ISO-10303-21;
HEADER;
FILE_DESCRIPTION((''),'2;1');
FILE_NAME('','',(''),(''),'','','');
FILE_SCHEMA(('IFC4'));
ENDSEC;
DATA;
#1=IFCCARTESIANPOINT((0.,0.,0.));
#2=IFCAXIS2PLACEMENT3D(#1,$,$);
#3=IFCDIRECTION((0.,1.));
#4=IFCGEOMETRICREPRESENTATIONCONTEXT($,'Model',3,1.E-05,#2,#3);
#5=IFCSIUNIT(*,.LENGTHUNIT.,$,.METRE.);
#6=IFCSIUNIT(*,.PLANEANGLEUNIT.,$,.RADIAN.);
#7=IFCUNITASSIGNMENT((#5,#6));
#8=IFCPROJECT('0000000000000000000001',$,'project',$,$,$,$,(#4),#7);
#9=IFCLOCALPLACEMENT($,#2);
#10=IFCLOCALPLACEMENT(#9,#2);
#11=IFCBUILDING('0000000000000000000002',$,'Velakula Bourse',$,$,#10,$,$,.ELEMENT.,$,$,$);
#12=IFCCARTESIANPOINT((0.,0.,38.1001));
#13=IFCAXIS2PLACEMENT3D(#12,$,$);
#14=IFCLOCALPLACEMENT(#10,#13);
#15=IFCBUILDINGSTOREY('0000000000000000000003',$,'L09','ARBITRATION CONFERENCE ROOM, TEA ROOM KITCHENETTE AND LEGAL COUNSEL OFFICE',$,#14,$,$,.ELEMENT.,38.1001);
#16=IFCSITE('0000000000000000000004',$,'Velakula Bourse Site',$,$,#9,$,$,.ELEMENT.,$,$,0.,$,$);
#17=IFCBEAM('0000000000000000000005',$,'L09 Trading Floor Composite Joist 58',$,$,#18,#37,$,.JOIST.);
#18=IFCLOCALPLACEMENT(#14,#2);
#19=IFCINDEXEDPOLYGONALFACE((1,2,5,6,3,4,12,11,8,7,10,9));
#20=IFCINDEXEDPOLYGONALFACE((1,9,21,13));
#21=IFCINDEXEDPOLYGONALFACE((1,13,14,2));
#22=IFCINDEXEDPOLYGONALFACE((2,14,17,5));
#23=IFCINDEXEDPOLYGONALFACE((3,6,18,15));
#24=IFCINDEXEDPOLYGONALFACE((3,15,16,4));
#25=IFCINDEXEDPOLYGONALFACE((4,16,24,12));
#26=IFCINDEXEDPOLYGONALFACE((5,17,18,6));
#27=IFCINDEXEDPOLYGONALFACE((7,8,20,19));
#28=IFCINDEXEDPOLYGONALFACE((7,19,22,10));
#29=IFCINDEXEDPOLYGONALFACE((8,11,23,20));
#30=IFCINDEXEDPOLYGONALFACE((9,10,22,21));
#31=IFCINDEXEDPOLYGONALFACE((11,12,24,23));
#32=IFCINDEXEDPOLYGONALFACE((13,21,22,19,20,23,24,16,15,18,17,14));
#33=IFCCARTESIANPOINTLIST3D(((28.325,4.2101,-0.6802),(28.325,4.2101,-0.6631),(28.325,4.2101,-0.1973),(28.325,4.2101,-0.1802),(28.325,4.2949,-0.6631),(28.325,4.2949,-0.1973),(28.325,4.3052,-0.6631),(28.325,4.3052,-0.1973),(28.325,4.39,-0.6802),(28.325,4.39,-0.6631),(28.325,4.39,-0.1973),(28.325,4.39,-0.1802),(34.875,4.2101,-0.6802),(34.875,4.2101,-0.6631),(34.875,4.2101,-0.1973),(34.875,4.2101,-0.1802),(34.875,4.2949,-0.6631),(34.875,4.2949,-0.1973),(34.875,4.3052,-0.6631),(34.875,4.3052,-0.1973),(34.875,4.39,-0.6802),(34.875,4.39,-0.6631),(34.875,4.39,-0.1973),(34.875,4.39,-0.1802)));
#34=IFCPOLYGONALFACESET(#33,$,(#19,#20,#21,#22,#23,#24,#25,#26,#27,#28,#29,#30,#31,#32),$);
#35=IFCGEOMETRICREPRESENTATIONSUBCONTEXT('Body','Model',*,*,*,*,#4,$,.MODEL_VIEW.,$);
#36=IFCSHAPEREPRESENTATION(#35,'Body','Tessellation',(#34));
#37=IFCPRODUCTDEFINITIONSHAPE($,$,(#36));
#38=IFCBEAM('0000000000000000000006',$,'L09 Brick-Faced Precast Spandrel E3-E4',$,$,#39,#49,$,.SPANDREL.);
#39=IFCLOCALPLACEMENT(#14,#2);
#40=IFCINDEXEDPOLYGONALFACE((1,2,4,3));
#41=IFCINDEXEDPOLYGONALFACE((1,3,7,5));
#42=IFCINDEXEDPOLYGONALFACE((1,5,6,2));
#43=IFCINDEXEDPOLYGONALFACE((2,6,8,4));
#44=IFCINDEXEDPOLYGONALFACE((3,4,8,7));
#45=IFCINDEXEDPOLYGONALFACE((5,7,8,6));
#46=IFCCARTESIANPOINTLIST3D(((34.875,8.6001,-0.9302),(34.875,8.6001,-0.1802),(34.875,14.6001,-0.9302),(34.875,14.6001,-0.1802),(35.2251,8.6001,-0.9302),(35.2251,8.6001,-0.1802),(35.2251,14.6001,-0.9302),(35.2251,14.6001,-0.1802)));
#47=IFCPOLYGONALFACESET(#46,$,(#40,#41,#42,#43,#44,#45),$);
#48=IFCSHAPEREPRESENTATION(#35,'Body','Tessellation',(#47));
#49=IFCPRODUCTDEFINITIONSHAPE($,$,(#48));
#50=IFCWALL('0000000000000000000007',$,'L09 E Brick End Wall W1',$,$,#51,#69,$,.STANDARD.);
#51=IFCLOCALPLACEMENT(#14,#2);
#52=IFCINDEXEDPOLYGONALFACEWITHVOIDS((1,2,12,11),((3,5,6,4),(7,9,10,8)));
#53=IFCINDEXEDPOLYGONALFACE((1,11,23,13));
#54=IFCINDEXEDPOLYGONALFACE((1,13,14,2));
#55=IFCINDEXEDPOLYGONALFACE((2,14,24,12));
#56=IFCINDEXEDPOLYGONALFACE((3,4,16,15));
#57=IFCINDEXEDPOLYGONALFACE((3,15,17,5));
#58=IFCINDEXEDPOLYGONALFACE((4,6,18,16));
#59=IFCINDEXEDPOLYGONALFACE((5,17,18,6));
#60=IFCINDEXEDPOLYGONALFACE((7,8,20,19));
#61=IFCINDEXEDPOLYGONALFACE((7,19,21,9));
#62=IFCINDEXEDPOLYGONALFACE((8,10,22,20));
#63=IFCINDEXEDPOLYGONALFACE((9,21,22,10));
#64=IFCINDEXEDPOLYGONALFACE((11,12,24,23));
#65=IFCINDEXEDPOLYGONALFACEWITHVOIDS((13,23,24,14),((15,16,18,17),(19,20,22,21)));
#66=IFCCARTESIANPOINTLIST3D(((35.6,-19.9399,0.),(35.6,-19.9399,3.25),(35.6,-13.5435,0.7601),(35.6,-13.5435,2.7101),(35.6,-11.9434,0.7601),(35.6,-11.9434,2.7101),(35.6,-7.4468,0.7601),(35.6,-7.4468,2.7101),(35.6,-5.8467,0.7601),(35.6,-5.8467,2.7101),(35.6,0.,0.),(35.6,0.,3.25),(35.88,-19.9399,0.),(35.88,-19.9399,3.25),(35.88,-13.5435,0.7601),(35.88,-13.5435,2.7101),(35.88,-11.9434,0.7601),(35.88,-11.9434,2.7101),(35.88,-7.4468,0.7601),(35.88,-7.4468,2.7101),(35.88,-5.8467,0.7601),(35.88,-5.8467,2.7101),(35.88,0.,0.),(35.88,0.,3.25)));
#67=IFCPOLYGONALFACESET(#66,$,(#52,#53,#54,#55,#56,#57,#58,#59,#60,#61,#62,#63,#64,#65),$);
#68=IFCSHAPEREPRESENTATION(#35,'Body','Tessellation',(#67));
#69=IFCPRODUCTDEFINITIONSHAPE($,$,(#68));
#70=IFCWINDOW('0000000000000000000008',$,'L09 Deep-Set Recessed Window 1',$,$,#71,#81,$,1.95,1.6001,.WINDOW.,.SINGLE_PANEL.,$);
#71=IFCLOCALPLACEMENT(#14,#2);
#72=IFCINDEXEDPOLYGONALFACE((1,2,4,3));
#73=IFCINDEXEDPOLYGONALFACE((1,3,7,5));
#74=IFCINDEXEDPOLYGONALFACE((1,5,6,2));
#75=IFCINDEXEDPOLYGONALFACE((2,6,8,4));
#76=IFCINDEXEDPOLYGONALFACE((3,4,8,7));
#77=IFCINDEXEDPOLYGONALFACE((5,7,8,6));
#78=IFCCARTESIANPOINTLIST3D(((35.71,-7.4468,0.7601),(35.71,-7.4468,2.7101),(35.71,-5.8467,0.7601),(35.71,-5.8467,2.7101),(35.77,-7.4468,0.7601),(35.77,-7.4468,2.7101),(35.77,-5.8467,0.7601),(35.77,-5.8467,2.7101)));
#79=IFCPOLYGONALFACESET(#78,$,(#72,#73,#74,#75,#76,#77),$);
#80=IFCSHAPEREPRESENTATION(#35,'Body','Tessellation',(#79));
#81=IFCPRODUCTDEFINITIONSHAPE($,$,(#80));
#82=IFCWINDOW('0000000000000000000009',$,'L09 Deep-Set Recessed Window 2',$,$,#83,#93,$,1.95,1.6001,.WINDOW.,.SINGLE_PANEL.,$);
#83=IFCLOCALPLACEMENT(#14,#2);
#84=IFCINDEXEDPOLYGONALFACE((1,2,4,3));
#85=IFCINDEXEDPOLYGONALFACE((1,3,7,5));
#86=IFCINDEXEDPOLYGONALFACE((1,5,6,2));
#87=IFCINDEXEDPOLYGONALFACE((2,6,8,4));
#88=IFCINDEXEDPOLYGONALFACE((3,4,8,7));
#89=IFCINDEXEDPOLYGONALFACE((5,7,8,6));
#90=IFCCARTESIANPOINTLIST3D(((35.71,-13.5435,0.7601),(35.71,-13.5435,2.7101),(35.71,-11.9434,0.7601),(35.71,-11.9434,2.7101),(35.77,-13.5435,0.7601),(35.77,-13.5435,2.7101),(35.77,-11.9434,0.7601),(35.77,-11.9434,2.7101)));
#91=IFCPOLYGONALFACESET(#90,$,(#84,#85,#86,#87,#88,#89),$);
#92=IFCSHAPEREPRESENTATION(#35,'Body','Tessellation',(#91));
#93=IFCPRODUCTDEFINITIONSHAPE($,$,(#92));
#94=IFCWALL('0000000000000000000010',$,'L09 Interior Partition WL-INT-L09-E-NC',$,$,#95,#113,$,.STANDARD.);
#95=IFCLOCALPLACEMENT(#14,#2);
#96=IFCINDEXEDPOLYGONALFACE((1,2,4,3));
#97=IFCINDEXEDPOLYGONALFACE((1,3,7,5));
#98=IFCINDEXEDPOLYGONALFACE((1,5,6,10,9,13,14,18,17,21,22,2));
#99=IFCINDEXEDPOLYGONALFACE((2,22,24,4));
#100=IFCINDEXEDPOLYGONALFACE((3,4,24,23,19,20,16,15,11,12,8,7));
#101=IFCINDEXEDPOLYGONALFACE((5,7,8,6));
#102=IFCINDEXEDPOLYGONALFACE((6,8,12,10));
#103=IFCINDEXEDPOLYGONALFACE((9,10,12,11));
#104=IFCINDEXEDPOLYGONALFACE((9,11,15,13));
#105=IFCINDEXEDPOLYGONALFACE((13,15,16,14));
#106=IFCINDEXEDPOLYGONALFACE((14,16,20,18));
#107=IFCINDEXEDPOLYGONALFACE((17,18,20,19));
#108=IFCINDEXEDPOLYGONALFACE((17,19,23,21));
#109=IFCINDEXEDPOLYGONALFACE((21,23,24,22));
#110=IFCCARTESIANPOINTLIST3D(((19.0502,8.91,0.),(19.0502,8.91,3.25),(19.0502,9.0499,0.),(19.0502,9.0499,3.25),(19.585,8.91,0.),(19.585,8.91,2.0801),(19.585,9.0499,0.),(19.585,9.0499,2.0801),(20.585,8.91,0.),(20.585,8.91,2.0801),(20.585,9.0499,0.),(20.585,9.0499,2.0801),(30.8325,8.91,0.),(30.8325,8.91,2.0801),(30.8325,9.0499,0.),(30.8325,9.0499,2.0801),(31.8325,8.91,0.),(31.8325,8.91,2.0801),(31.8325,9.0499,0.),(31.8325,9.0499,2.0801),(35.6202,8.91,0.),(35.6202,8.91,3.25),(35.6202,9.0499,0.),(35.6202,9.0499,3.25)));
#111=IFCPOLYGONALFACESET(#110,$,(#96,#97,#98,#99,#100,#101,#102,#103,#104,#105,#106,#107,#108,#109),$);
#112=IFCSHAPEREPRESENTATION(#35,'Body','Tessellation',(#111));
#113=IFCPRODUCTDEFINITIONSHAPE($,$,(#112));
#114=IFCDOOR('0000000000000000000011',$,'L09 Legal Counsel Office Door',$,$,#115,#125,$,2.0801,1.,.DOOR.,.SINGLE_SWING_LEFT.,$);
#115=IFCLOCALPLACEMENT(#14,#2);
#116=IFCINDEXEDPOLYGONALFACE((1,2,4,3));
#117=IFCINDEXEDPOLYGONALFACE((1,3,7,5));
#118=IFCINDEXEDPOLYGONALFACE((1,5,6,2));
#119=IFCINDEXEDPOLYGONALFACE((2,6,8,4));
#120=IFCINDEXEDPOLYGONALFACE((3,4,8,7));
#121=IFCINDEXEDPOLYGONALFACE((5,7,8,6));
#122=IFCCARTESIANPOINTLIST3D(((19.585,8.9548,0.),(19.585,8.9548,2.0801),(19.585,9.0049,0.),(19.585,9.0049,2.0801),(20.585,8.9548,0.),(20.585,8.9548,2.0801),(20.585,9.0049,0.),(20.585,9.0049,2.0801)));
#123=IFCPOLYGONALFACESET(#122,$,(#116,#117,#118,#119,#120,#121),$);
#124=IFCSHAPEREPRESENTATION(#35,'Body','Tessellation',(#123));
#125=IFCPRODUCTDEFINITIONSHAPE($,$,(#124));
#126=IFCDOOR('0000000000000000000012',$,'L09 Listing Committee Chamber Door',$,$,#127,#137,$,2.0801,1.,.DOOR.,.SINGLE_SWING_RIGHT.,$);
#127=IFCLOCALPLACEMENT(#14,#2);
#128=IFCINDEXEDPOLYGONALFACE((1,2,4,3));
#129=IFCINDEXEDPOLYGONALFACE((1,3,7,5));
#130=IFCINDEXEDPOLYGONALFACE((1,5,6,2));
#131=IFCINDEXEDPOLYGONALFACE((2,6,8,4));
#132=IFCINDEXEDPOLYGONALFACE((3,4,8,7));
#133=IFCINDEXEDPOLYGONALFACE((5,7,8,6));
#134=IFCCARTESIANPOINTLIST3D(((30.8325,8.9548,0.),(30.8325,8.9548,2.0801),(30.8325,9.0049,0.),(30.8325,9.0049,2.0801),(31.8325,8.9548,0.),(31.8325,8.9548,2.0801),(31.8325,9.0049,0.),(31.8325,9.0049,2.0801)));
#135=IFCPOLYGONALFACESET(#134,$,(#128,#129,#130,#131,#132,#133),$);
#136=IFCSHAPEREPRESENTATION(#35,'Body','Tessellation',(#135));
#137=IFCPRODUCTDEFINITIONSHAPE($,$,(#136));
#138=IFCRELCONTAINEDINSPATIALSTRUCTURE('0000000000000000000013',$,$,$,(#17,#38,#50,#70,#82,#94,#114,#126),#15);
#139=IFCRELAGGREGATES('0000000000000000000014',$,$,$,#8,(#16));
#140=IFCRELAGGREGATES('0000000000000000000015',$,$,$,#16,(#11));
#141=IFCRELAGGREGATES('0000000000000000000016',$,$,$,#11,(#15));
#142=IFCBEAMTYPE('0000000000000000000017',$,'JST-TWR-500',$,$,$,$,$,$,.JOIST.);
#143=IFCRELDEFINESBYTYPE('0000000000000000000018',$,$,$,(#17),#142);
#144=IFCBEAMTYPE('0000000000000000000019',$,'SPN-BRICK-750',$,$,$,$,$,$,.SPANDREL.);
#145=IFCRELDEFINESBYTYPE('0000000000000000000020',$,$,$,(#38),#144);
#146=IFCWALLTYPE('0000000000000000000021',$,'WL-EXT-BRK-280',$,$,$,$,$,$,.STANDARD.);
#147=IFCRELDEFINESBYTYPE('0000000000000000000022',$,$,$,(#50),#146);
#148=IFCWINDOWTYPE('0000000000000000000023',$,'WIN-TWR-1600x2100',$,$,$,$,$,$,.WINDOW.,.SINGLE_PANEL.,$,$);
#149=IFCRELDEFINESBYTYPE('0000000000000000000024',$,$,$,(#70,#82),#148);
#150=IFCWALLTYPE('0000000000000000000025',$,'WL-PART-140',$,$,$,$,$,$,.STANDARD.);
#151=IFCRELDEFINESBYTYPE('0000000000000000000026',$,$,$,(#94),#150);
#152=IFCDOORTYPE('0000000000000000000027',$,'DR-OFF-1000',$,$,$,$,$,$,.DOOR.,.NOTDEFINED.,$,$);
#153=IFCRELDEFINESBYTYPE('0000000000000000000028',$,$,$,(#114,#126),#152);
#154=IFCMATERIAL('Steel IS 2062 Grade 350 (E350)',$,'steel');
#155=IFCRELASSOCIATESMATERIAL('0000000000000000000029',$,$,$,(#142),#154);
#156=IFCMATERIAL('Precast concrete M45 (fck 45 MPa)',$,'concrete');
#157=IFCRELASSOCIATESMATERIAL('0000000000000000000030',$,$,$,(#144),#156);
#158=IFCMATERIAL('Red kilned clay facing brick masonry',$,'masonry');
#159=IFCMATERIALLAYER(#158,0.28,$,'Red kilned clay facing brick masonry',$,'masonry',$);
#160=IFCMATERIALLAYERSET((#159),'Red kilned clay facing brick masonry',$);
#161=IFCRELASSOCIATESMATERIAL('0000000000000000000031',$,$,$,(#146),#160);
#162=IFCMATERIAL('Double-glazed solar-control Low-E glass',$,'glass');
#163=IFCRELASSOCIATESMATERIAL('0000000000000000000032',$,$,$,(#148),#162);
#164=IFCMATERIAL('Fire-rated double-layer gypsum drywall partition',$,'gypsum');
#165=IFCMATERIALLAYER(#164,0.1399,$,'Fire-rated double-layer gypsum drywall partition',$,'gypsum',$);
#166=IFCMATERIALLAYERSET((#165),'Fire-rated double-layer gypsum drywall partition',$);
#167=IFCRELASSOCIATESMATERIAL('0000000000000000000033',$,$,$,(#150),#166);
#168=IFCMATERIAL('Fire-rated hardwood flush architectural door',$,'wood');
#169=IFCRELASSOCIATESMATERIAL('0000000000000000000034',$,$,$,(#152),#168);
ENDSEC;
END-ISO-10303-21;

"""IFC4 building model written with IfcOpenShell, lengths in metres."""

from ifc_helpers import new_model, si_unit, direction, frame, frame_2d, origin, origin_2d, place, context, subcontext, project, spatial, rectangle, i_section, extrude, material, layer, layer_set, material_profile, profile_set, type_object, element, fill, save


model = new_model("IFC4")

# Units and contexts
model_context = context("Model", 3, precision=1e-05, world=origin(), true_north=direction((0.0, 1.0)))
body_context = subcontext(model_context, "Body", "Model", "MODEL_VIEW")
ifc_project = project(units=[si_unit("LENGTHUNIT", "METRE"), si_unit("PLANEANGLEUNIT", "RADIAN")], contexts=[model_context])

# Site, building, storey
site_placement = place(None, origin())
site = spatial("IfcSite", under=ifc_project, at=site_placement, Name="Velakula Bourse Site", CompositionType="ELEMENT", RefElevation=0.0)
building_placement = place(site_placement, origin())
building = spatial("IfcBuilding", under=site, at=building_placement, Name="Velakula Bourse", CompositionType="ELEMENT")
storey_placement = place(building_placement, frame((0.0, 0.0, 38.1001)))
storey = spatial("IfcBuildingStorey", under=building, at=storey_placement, Name="L09", Description="ARBITRATION CONFERENCE ROOM, TEA ROOM KITCHENETTE AND LEGAL COUNSEL OFFICE", CompositionType="ELEMENT", Elevation=38.1001)

# Beams
ifc_material_1 = material(Name="Steel IS 2062 Grade 350 (E350)", Category="steel")
ifc_material_profile_1 = material_profile(ifc_material_1, i_section(OverallWidth=0.1799, OverallDepth=0.5, WebThickness=0.0103, FlangeThickness=0.0171, at=origin_2d()), Name="Steel IS 2062 Grade 350 (E350)")
ifc_profile_set_1 = profile_set([ifc_material_profile_1], Name="Steel IS 2062 Grade 350 (E350)")
beam_type_1 = type_object("IfcBeamType", Name="JST-TWR-500", PredefinedType="JOIST", material=ifc_profile_set_1)
beam_1_placement = place(storey_placement, frame((28.325, 4.3, -0.4302), z_axis=(1.0, 0.0, 0.0), x_axis=(0.0, 1.0, 0.0)))
element("IfcBeam", 1, at=beam_1_placement, inside=storey, type_object=beam_type_1, Name="L09 Trading Floor Composite Joist 58", PredefinedType="JOIST", context=body_context, shape_type="SweptSolid", body=[
    extrude(i_section(OverallWidth=0.1799, OverallDepth=0.5, WebThickness=0.0103, FlangeThickness=0.0171, at=origin_2d()), origin(), (0.0, 0.0, 1.0), 6.55),
])
ifc_material_2 = material(Name="Precast concrete M45 (fck 45 MPa)", Category="concrete")
ifc_material_profile_2 = material_profile(ifc_material_2, rectangle(XDim=0.3501, YDim=0.75, at=origin_2d()), Name="Precast concrete M45 (fck 45 MPa)")
ifc_profile_set_2 = profile_set([ifc_material_profile_2], Name="Precast concrete M45 (fck 45 MPa)")
beam_type_2 = type_object("IfcBeamType", Name="SPN-BRICK-750", PredefinedType="SPANDREL", material=ifc_profile_set_2)
beam_2_placement = place(storey_placement, frame((35.05, 8.6001, -0.5552), z_axis=(0.0, 1.0, 0.0), x_axis=(-1.0, 0.0, 0.0)))
element("IfcBeam", 2, at=beam_2_placement, inside=storey, type_object=beam_type_2, Name="L09 Brick-Faced Precast Spandrel E3-E4", PredefinedType="SPANDREL", context=body_context, shape_type="SweptSolid", body=[
    extrude(rectangle(XDim=0.3501, YDim=0.75, at=origin_2d()), origin(), (0.0, 0.0, 1.0), 6.0),
])

# Wall, openings, windows
ifc_material_3 = material(Name="Red kilned clay facing brick masonry", Category="masonry")
ifc_layer_1 = layer(ifc_material_3, 0.28, Name="Red kilned clay facing brick masonry", Category="masonry")
ifc_layer_set_1 = layer_set([ifc_layer_1], Name="Red kilned clay facing brick masonry")
wall_type_1 = type_object("IfcWallType", Name="WL-EXT-BRK-280", PredefinedType="STANDARD", material=ifc_layer_set_1)
wall_1_placement = place(storey_placement, frame((35.74, 0.0, 0.0), z_axis=(0.0, 0.0, 1.0), x_axis=(0.0, -1.0, 0.0)))
wall_1 = element("IfcWall", 3, at=wall_1_placement, inside=storey, type_object=wall_type_1, Name="L09 E Brick End Wall W1", PredefinedType="STANDARD", context=body_context, shape_type="SweptSolid", body=[
    extrude(rectangle(XDim=19.9399, YDim=0.28, at=frame_2d((9.97, 0.0))), origin(), (0.0, 0.0, 1.0), 3.25),
])
opening_1_placement = place(wall_1_placement, frame((5.8467, 0.0, 0.76)))
opening_1 = element("IfcOpeningElement", 4, at=opening_1_placement, cuts=wall_1, PredefinedType="OPENING", context=body_context, shape_type="SweptSolid", body=[
    extrude(rectangle(XDim=1.6001, YDim=1.95, at=frame_2d((0.8, 0.9751))), frame((0.0, 0.1499, 0.0), z_axis=(0.0, -1.0, 0.0), x_axis=(1.0, 0.0, 0.0)), (0.0, 0.0, 1.0), 0.3),
])
opening_2_placement = place(wall_1_placement, frame((11.9434, 0.0, 0.76)))
opening_2 = element("IfcOpeningElement", 5, at=opening_2_placement, cuts=wall_1, PredefinedType="OPENING", context=body_context, shape_type="SweptSolid", body=[
    extrude(rectangle(XDim=1.6001, YDim=1.95, at=frame_2d((0.8, 0.9751))), frame((0.0, 0.1499, 0.0), z_axis=(0.0, -1.0, 0.0), x_axis=(1.0, 0.0, 0.0)), (0.0, 0.0, 1.0), 0.3),
])
ifc_material_4 = material(Name="Double-glazed solar-control Low-E glass", Category="glass")
window_type = type_object("IfcWindowType", Name="WIN-TWR-1600x2100", PartitioningType="SINGLE_PANEL", PredefinedType="WINDOW", material=ifc_material_4)
window_1_placement = place(opening_1_placement, origin())
window_1 = element("IfcWindow", 6, at=window_1_placement, inside=storey, type_object=window_type, Name="L09 Deep-Set Recessed Window 1", OverallHeight=1.95, OverallWidth=1.6001, PartitioningType="SINGLE_PANEL", PredefinedType="WINDOW", context=body_context, shape_type="SweptSolid", body=[
    extrude(rectangle(XDim=1.6001, YDim=1.95, at=frame_2d((0.8, 0.9751))), frame((0.0, 0.03, 0.0), z_axis=(0.0, -1.0, 0.0), x_axis=(1.0, 0.0, 0.0)), (0.0, 0.0, 1.0), 0.0601),
])
fill(opening_1, window_1)
window_2_placement = place(opening_2_placement, origin())
window_2 = element("IfcWindow", 7, at=window_2_placement, inside=storey, type_object=window_type, Name="L09 Deep-Set Recessed Window 2", OverallHeight=1.95, OverallWidth=1.6001, PartitioningType="SINGLE_PANEL", PredefinedType="WINDOW", context=body_context, shape_type="SweptSolid", body=[
    extrude(rectangle(XDim=1.6001, YDim=1.95, at=frame_2d((0.8, 0.9751))), frame((0.0, 0.03, 0.0), z_axis=(0.0, -1.0, 0.0), x_axis=(1.0, 0.0, 0.0)), (0.0, 0.0, 1.0), 0.0601),
])
fill(opening_2, window_2)

# Wall, openings, doors
ifc_material_5 = material(Name="Fire-rated double-layer gypsum drywall partition", Category="gypsum")
ifc_layer_2 = layer(ifc_material_5, 0.1399, Name="Fire-rated double-layer gypsum drywall partition", Category="gypsum")
ifc_layer_set_2 = layer_set([ifc_layer_2], Name="Fire-rated double-layer gypsum drywall partition")
wall_type_2 = type_object("IfcWallType", Name="WL-PART-140", PredefinedType="STANDARD", material=ifc_layer_set_2)
wall_2_placement = place(storey_placement, frame((19.05, 8.98, 0.0), z_axis=(0.0, 0.0, 1.0), x_axis=(1.0, 0.0, 0.0)))
wall_2 = element("IfcWall", 8, at=wall_2_placement, inside=storey, type_object=wall_type_2, Name="L09 Interior Partition WL-INT-L09-E-NC", PredefinedType="STANDARD", context=body_context, shape_type="SweptSolid", body=[
    extrude(rectangle(XDim=16.5701, YDim=0.1399, at=frame_2d((8.2852, 0.0))), origin(), (0.0, 0.0, 1.0), 3.25),
])
opening_3_placement = place(wall_2_placement, frame((0.5349, 0.0, 0.0)))
opening_3 = element("IfcOpeningElement", 9, at=opening_3_placement, cuts=wall_2, PredefinedType="OPENING", context=body_context, shape_type="SweptSolid", body=[
    extrude(rectangle(XDim=1.0, YDim=2.0801, at=frame_2d((0.5, 1.04))), frame((0.0, 0.0798, 0.0), z_axis=(0.0, -1.0, 0.0), x_axis=(1.0, 0.0, 0.0)), (0.0, 0.0, 1.0), 0.1599),
])
opening_4_placement = place(wall_2_placement, frame((11.7825, 0.0, 0.0)))
opening_4 = element("IfcOpeningElement", 10, at=opening_4_placement, cuts=wall_2, PredefinedType="OPENING", context=body_context, shape_type="SweptSolid", body=[
    extrude(rectangle(XDim=1.0, YDim=2.0801, at=frame_2d((0.5, 1.04))), frame((0.0, 0.0798, 0.0), z_axis=(0.0, -1.0, 0.0), x_axis=(1.0, 0.0, 0.0)), (0.0, 0.0, 1.0), 0.1599),
])
ifc_material_6 = material(Name="Fire-rated hardwood flush architectural door", Category="wood")
door_type = type_object("IfcDoorType", Name="DR-OFF-1000", OperationType="NOTDEFINED", PredefinedType="DOOR", material=ifc_material_6)
door_1_placement = place(opening_3_placement, origin())
door_1 = element("IfcDoor", 11, at=door_1_placement, inside=storey, type_object=door_type, Name="L09 Legal Counsel Office Door", OperationType="SINGLE_SWING_LEFT", OverallHeight=2.0801, OverallWidth=1.0, PredefinedType="DOOR", context=body_context, shape_type="SweptSolid", body=[
    extrude(rectangle(XDim=1.0, YDim=2.0801, at=frame_2d((0.5, 1.04))), frame((0.0, 0.0249, 0.0), z_axis=(0.0, -1.0, 0.0), x_axis=(1.0, 0.0, 0.0)), (0.0, 0.0, 1.0), 0.05),
])
fill(opening_3, door_1)
door_2_placement = place(opening_4_placement, origin())
door_2 = element("IfcDoor", 12, at=door_2_placement, inside=storey, type_object=door_type, Name="L09 Listing Committee Chamber Door", OperationType="SINGLE_SWING_RIGHT", OverallHeight=2.0801, OverallWidth=1.0, PredefinedType="DOOR", context=body_context, shape_type="SweptSolid", body=[
    extrude(rectangle(XDim=1.0, YDim=2.0801, at=frame_2d((0.5, 1.04))), frame((0.0, 0.0249, 0.0), z_axis=(0.0, -1.0, 0.0), x_axis=(1.0, 0.0, 0.0)), (0.0, 0.0, 1.0), 0.05),
])
fill(opening_4, door_2)

save(model, "model.ifc")
